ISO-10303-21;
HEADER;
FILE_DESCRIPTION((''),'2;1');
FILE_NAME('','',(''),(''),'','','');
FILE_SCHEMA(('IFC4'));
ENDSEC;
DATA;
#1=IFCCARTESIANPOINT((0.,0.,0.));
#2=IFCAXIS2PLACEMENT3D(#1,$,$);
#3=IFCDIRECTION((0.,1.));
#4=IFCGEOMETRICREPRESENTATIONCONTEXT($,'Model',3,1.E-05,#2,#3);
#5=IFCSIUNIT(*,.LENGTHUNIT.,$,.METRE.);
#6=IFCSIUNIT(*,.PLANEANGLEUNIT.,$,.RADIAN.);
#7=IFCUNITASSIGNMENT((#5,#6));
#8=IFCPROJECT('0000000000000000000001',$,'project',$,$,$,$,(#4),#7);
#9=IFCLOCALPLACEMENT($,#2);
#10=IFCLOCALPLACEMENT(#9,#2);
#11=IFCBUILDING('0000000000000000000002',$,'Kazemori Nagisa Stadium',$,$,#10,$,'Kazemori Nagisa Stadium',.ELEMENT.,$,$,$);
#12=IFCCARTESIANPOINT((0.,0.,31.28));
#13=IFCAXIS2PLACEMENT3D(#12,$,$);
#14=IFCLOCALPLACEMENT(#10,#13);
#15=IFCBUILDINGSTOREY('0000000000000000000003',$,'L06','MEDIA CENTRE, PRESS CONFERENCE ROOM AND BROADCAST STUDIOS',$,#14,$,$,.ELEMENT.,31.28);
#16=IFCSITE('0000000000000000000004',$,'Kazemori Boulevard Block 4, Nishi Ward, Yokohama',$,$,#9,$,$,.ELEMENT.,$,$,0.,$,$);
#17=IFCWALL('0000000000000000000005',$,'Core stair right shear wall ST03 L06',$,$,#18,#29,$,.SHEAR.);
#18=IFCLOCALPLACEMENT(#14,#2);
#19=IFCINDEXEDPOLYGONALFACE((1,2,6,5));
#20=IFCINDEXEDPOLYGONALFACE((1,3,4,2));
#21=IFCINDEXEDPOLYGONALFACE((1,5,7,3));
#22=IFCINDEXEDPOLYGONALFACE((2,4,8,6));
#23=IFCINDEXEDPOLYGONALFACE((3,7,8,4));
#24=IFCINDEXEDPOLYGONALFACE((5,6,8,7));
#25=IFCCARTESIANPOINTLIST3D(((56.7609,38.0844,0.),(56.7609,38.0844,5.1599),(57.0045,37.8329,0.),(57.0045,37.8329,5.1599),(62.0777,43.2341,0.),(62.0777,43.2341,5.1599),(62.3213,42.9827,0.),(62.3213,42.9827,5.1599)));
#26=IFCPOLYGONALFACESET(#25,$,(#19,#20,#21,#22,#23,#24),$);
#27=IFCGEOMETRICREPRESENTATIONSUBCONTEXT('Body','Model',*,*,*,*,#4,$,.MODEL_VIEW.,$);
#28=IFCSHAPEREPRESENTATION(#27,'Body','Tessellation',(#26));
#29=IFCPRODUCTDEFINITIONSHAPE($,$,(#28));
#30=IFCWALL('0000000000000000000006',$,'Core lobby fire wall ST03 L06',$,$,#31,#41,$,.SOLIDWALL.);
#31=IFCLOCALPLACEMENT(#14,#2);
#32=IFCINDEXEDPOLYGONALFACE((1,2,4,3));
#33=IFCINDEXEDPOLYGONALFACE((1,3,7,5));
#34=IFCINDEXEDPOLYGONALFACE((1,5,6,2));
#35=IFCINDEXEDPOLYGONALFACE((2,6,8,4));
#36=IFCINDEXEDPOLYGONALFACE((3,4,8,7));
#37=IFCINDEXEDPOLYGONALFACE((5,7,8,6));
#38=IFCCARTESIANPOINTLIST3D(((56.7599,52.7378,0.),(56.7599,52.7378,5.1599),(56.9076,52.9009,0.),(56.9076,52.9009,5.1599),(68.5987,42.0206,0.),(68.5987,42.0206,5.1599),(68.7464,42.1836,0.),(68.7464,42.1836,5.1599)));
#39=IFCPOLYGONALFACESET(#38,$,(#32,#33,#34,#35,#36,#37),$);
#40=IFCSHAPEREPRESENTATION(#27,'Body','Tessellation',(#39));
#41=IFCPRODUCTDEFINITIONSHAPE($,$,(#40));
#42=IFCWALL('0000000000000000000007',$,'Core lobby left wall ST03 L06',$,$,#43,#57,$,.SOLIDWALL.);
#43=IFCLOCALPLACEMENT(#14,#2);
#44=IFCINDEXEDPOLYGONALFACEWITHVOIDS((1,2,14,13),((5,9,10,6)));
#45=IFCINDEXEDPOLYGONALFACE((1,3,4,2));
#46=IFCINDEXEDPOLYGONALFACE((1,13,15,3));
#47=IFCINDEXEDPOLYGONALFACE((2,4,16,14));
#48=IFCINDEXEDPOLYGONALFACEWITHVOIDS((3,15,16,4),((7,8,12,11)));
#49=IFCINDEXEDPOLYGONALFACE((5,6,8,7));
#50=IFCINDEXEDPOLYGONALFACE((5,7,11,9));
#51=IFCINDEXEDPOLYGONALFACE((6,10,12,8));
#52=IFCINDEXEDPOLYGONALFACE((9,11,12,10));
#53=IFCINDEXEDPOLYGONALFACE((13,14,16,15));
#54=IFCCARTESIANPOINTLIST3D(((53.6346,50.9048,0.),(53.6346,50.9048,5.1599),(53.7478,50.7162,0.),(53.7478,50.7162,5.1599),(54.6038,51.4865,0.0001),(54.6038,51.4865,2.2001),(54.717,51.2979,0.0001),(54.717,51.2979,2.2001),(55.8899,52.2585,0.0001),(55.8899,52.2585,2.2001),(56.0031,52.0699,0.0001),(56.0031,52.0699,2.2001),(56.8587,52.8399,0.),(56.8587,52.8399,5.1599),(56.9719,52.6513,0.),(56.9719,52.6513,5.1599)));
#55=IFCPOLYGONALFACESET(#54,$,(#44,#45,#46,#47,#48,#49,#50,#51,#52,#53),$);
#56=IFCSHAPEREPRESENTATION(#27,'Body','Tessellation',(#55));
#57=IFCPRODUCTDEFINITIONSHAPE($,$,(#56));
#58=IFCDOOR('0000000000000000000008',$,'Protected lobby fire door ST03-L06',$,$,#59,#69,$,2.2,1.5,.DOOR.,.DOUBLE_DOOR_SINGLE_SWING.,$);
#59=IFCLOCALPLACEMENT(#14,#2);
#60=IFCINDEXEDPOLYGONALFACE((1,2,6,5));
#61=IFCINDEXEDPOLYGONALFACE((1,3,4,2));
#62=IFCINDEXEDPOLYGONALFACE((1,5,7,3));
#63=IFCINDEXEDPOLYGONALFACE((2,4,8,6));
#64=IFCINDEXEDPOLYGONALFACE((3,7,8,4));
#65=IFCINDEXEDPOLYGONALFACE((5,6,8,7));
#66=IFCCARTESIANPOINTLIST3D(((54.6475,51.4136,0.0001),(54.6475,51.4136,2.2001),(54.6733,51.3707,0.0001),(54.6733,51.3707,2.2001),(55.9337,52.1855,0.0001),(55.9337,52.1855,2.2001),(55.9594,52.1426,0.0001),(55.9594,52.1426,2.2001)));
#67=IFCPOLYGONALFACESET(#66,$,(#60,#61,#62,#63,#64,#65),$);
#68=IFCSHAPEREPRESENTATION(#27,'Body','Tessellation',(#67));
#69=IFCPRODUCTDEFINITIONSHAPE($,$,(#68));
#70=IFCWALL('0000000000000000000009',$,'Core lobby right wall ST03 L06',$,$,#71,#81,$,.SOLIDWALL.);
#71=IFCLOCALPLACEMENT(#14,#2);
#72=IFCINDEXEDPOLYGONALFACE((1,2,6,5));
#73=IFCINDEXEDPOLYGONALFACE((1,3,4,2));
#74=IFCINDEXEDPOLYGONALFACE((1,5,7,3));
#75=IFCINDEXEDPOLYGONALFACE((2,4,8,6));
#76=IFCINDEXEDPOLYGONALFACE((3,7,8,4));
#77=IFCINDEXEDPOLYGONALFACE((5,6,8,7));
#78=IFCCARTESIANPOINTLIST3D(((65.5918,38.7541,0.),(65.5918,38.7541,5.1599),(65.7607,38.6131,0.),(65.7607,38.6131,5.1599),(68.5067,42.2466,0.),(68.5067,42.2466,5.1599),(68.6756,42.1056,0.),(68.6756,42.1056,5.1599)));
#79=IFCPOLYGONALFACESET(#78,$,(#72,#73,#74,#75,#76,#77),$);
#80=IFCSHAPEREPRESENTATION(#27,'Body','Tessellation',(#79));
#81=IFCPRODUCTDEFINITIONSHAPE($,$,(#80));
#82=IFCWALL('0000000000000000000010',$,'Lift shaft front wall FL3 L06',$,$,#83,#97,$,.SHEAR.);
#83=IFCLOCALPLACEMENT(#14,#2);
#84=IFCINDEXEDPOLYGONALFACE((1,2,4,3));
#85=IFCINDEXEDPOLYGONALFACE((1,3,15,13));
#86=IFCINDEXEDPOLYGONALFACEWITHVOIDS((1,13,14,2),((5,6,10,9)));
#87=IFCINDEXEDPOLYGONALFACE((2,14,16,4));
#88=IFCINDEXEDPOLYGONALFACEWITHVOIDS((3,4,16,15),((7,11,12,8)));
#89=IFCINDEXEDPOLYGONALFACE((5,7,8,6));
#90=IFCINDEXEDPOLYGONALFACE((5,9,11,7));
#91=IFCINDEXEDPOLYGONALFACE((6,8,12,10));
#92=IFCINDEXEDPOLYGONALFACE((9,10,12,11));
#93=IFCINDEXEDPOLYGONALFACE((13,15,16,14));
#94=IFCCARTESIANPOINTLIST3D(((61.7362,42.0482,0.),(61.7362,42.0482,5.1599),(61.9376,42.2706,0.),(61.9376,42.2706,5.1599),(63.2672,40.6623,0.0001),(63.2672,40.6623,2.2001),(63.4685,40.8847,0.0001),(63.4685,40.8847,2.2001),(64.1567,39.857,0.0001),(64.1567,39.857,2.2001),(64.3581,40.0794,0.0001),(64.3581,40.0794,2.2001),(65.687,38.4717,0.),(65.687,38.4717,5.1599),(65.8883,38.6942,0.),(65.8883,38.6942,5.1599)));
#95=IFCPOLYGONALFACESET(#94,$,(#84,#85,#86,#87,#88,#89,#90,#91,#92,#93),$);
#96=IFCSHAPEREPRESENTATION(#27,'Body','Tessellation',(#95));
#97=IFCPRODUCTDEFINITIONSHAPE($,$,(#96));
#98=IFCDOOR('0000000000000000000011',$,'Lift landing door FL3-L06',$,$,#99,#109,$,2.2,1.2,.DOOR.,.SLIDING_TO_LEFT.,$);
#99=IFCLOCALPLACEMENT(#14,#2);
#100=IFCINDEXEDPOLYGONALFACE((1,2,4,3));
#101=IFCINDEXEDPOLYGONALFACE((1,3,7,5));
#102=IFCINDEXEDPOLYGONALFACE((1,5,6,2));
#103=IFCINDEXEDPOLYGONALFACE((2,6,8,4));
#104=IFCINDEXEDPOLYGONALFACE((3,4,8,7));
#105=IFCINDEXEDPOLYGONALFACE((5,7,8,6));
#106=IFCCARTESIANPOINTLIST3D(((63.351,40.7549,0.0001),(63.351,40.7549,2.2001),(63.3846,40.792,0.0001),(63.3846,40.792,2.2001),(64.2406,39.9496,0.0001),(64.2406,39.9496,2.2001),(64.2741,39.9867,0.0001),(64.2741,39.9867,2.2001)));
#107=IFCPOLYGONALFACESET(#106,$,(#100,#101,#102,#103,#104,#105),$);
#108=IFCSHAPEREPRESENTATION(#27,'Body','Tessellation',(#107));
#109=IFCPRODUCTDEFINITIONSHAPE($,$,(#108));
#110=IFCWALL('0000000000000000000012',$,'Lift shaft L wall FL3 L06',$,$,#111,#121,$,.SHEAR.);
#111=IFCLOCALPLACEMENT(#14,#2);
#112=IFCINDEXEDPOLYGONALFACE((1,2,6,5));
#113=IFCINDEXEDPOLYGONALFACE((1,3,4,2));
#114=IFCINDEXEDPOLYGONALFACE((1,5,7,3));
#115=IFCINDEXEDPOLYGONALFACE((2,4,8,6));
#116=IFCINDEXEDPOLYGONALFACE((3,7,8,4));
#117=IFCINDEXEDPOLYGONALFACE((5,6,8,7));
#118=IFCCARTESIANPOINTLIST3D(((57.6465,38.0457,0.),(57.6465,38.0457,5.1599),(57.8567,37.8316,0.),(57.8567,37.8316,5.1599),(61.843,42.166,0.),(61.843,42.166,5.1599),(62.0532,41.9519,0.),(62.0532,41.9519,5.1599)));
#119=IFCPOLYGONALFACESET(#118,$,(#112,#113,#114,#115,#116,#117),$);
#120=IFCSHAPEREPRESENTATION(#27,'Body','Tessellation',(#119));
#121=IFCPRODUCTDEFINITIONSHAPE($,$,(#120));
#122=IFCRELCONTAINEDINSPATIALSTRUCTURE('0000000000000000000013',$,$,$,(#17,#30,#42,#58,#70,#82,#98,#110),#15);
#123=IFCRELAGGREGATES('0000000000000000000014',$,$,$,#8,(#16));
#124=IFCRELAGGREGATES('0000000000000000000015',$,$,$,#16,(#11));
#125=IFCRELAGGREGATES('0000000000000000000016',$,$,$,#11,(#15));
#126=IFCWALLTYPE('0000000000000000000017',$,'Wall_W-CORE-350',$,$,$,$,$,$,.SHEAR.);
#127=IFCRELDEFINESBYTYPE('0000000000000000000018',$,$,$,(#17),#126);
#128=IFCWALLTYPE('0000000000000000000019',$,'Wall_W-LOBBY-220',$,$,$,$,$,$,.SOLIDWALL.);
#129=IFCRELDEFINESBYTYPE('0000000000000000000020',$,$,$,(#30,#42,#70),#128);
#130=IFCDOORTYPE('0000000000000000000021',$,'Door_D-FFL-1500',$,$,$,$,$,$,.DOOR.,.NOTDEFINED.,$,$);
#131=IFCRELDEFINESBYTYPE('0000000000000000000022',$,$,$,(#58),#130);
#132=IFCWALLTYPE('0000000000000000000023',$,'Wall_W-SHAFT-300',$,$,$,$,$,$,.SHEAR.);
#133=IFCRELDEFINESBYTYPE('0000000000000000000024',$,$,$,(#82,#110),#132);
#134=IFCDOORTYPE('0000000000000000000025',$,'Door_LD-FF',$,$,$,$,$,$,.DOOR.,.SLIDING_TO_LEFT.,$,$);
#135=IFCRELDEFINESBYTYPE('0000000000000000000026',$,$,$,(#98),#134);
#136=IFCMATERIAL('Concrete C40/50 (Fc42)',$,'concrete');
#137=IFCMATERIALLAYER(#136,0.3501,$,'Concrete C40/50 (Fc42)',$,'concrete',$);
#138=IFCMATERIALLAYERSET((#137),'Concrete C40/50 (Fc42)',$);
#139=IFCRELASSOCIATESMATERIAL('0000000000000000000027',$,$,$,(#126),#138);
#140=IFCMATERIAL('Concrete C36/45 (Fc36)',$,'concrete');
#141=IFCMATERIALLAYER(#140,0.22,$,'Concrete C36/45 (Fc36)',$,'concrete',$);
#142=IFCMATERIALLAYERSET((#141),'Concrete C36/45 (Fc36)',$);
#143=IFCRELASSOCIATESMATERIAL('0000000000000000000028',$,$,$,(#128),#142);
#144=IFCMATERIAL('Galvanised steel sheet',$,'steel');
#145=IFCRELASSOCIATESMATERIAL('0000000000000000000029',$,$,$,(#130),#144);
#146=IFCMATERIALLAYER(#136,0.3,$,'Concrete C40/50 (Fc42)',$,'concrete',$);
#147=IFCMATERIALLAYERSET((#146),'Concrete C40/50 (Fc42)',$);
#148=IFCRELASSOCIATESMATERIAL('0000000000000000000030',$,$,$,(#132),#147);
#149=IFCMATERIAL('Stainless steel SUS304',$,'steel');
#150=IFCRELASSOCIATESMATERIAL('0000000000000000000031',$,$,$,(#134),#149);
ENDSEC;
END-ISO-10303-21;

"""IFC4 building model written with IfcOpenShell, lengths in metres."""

from ifc_helpers import new_model, si_unit, direction, frame, frame_2d, origin, place, context, subcontext, project, spatial, rectangle, extrude, material, layer, layer_set, type_object, element, fill, save


model = new_model("IFC4")

# Units and contexts
model_context = context("Model", 3, precision=1e-05, world=origin(), true_north=direction((0.0, 1.0)))
body_context = subcontext(model_context, "Body", "Model", "MODEL_VIEW")
ifc_project = project(units=[si_unit("LENGTHUNIT", "METRE"), si_unit("PLANEANGLEUNIT", "RADIAN")], contexts=[model_context])

# Site, building, storey
site_placement = place(None, origin())
site = spatial("IfcSite", under=ifc_project, at=site_placement, Name="Kazemori Boulevard Block 4, Nishi Ward, Yokohama", CompositionType="ELEMENT", RefElevation=0.0)
building_placement = place(site_placement, origin())
building = spatial("IfcBuilding", under=site, at=building_placement, Name="Kazemori Nagisa Stadium", LongName="Kazemori Nagisa Stadium", CompositionType="ELEMENT")
storey_placement = place(building_placement, frame((0.0, 0.0, 31.28)))
storey = spatial("IfcBuildingStorey", under=building, at=storey_placement, Name="L06", Description="MEDIA CENTRE, PRESS CONFERENCE ROOM AND BROADCAST STUDIOS", CompositionType="ELEMENT", Elevation=31.28)

# Shared definitions
ifc_material_1 = material(Name="Concrete C40/50 (Fc42)", Category="concrete")

# Shared definitions
ifc_layer_1 = layer(ifc_material_1, 0.3501, Name="Concrete C40/50 (Fc42)", Category="concrete")
ifc_layer_set_1 = layer_set([ifc_layer_1], Name="Concrete C40/50 (Fc42)")
wall_type_1 = type_object("IfcWallType", Name="Wall_W-CORE-350", PredefinedType="SHEAR", material=ifc_layer_set_1)
ifc_material_2 = material(Name="Galvanised steel sheet", Category="steel")

# Walls
wall_1_placement = place(storey_placement, frame((62.1995, 43.1084, 0.0), z_axis=(0.0, 0.0, 1.0), x_axis=(-0.718297, -0.695736, 0.0)))
element("IfcWall", 1, at=wall_1_placement, inside=storey, type_object=wall_type_1, Name="Core stair right shear wall ST03 L06", PredefinedType="SHEAR", context=body_context, shape_type="SweptSolid", body=[
    extrude(rectangle(XDim=7.4019, YDim=0.3501, at=frame_2d((3.7009, 0.0))), origin(), (0.0, 0.0, 1.0), 5.1599),
])
ifc_material_3 = material(Name="Concrete C36/45 (Fc36)", Category="concrete")
ifc_layer_2 = layer(ifc_material_3, 0.22, Name="Concrete C36/45 (Fc36)", Category="concrete")
ifc_layer_set_2 = layer_set([ifc_layer_2], Name="Concrete C36/45 (Fc36)")
wall_type_2 = type_object("IfcWallType", Name="Wall_W-LOBBY-220", PredefinedType="SOLIDWALL", material=ifc_layer_set_2)
wall_2_placement = place(storey_placement, frame((56.8337, 52.8193, 0.0), z_axis=(0.0, 0.0, 1.0), x_axis=(0.741351, -0.671117, 0.0)))
element("IfcWall", 2, at=wall_2_placement, inside=storey, type_object=wall_type_2, Name="Core lobby fire wall ST03 L06", PredefinedType="SOLIDWALL", context=body_context, shape_type="SweptSolid", body=[
    extrude(rectangle(XDim=15.9692, YDim=0.22, at=frame_2d((7.9846, 0.0))), origin(), (0.0, 0.0, 1.0), 5.1599),
])

# Wall, opening, door
wall_3_placement = place(storey_placement, frame((56.9153, 52.7456, 0.0), z_axis=(0.0, 0.0, 1.0), x_axis=(-0.857424, -0.51461, 0.0)))
wall_3 = element("IfcWall", 3, at=wall_3_placement, inside=storey, type_object=wall_type_2, Name="Core lobby left wall ST03 L06", PredefinedType="SOLIDWALL", context=body_context, shape_type="SweptSolid", body=[
    extrude(rectangle(XDim=3.7603, YDim=0.22, at=frame_2d((1.8801, 0.0))), origin(), (0.0, 0.0, 1.0), 5.1599),
])
opening_1_placement = place(wall_3_placement, frame((1.1299, 0.0, 0.0)))
opening_1 = element("IfcOpeningElement", 4, at=opening_1_placement, cuts=wall_3, PredefinedType="OPENING", context=body_context, shape_type="SweptSolid", body=[
    extrude(rectangle(XDim=1.5, YDim=2.2, at=frame_2d((0.75, 1.1001))), frame((0.0, 0.1199, 0.0), z_axis=(0.0, -1.0, 0.0), x_axis=(1.0, 0.0, 0.0)), (0.0, 0.0, 1.0), 0.24),
])
door_type_1 = type_object("IfcDoorType", Name="Door_D-FFL-1500", OperationType="NOTDEFINED", PredefinedType="DOOR", material=ifc_material_2)
door_1_placement = place(opening_1_placement, frame((1.5, 0.0, 0.0), z_axis=(0.0, 0.0, 1.0), x_axis=(-1.0, 0.0, 0.0)))
door_1 = element("IfcDoor", 5, at=door_1_placement, inside=storey, type_object=door_type_1, Name="Protected lobby fire door ST03-L06", OperationType="DOUBLE_DOOR_SINGLE_SWING", OverallHeight=2.2, OverallWidth=1.5, PredefinedType="DOOR", context=body_context, shape_type="SweptSolid", body=[
    extrude(rectangle(XDim=1.5, YDim=2.2, at=frame_2d((0.75, 1.1001))), frame((0.0, 0.0249, 0.0), z_axis=(0.0, -1.0, 0.0), x_axis=(1.0, 0.0, 0.0)), (0.0, 0.0, 1.0), 0.05),
])
fill(opening_1, door_1)

# Wall
wall_4_placement = place(storey_placement, frame((68.5911, 42.176, 0.0), z_axis=(0.0, 0.0, 1.0), x_axis=(-0.64076, -0.767742, 0.0)))
element("IfcWall", 6, at=wall_4_placement, inside=storey, type_object=wall_type_2, Name="Core lobby right wall ST03 L06", PredefinedType="SOLIDWALL", context=body_context, shape_type="SweptSolid", body=[
    extrude(rectangle(XDim=4.5491, YDim=0.22, at=frame_2d((2.2744, 0.0))), origin(), (0.0, 0.0, 1.0), 5.1599),
])

# Wall, opening, door
ifc_layer_3 = layer(ifc_material_1, 0.3, Name="Concrete C40/50 (Fc42)", Category="concrete")
ifc_layer_set_3 = layer_set([ifc_layer_3], Name="Concrete C40/50 (Fc42)")
wall_type_3 = type_object("IfcWallType", Name="Wall_W-SHAFT-300", PredefinedType="SHEAR", material=ifc_layer_set_3)
wall_5_placement = place(storey_placement, frame((61.8369, 42.1594, 0.0), z_axis=(0.0, 0.0, 1.0), x_axis=(0.74135, -0.671118, 0.0)))
wall_5 = element("IfcWall", 7, at=wall_5_placement, inside=storey, type_object=wall_type_3, Name="Lift shaft front wall FL3 L06", PredefinedType="SHEAR", context=body_context, shape_type="SweptSolid", body=[
    extrude(rectangle(XDim=5.3291, YDim=0.3, at=frame_2d((2.6646, 0.0))), origin(), (0.0, 0.0, 1.0), 5.1599),
])
opening_2_placement = place(wall_5_placement, frame((2.0649, 0.0, 0.0)))
opening_2 = element("IfcOpeningElement", 8, at=opening_2_placement, cuts=wall_5, PredefinedType="OPENING", context=body_context, shape_type="SweptSolid", body=[
    extrude(rectangle(XDim=1.2, YDim=2.2, at=frame_2d((0.6001, 1.1001))), frame((0.0, 0.1599, 0.0), z_axis=(0.0, -1.0, 0.0), x_axis=(1.0, 0.0, 0.0)), (0.0, 0.0, 1.0), 0.3201),
])
ifc_material_4 = material(Name="Stainless steel SUS304", Category="steel")
door_type_2 = type_object("IfcDoorType", Name="Door_LD-FF", OperationType="SLIDING_TO_LEFT", PredefinedType="DOOR", material=ifc_material_4)
door_2_placement = place(opening_2_placement, origin())
door_2 = element("IfcDoor", 9, at=door_2_placement, inside=storey, type_object=door_type_2, Name="Lift landing door FL3-L06", OperationType="SLIDING_TO_LEFT", OverallHeight=2.2, OverallWidth=1.2, PredefinedType="DOOR", context=body_context, shape_type="SweptSolid", body=[
    extrude(rectangle(XDim=1.2, YDim=2.2, at=frame_2d((0.6001, 1.1001))), frame((0.0, 0.0249, 0.0), z_axis=(0.0, -1.0, 0.0), x_axis=(1.0, 0.0, 0.0)), (0.0, 0.0, 1.0), 0.05),
])
fill(opening_2, door_2)

# Wall
wall_6_placement = place(storey_placement, frame((61.948, 42.0588, 0.0), z_axis=(0.0, 0.0, 1.0), x_axis=(-0.713553, -0.700601, 0.0)))
element("IfcWall", 10, at=wall_6_placement, inside=storey, type_object=wall_type_3, Name="Lift shaft L wall FL3 L06", PredefinedType="SHEAR", context=body_context, shape_type="SweptSolid", body=[
    extrude(rectangle(XDim=5.8811, YDim=0.3, at=frame_2d((2.9404, 0.0))), origin(), (0.0, 0.0, 1.0), 5.1599),
])

save(model, "model.ifc")
